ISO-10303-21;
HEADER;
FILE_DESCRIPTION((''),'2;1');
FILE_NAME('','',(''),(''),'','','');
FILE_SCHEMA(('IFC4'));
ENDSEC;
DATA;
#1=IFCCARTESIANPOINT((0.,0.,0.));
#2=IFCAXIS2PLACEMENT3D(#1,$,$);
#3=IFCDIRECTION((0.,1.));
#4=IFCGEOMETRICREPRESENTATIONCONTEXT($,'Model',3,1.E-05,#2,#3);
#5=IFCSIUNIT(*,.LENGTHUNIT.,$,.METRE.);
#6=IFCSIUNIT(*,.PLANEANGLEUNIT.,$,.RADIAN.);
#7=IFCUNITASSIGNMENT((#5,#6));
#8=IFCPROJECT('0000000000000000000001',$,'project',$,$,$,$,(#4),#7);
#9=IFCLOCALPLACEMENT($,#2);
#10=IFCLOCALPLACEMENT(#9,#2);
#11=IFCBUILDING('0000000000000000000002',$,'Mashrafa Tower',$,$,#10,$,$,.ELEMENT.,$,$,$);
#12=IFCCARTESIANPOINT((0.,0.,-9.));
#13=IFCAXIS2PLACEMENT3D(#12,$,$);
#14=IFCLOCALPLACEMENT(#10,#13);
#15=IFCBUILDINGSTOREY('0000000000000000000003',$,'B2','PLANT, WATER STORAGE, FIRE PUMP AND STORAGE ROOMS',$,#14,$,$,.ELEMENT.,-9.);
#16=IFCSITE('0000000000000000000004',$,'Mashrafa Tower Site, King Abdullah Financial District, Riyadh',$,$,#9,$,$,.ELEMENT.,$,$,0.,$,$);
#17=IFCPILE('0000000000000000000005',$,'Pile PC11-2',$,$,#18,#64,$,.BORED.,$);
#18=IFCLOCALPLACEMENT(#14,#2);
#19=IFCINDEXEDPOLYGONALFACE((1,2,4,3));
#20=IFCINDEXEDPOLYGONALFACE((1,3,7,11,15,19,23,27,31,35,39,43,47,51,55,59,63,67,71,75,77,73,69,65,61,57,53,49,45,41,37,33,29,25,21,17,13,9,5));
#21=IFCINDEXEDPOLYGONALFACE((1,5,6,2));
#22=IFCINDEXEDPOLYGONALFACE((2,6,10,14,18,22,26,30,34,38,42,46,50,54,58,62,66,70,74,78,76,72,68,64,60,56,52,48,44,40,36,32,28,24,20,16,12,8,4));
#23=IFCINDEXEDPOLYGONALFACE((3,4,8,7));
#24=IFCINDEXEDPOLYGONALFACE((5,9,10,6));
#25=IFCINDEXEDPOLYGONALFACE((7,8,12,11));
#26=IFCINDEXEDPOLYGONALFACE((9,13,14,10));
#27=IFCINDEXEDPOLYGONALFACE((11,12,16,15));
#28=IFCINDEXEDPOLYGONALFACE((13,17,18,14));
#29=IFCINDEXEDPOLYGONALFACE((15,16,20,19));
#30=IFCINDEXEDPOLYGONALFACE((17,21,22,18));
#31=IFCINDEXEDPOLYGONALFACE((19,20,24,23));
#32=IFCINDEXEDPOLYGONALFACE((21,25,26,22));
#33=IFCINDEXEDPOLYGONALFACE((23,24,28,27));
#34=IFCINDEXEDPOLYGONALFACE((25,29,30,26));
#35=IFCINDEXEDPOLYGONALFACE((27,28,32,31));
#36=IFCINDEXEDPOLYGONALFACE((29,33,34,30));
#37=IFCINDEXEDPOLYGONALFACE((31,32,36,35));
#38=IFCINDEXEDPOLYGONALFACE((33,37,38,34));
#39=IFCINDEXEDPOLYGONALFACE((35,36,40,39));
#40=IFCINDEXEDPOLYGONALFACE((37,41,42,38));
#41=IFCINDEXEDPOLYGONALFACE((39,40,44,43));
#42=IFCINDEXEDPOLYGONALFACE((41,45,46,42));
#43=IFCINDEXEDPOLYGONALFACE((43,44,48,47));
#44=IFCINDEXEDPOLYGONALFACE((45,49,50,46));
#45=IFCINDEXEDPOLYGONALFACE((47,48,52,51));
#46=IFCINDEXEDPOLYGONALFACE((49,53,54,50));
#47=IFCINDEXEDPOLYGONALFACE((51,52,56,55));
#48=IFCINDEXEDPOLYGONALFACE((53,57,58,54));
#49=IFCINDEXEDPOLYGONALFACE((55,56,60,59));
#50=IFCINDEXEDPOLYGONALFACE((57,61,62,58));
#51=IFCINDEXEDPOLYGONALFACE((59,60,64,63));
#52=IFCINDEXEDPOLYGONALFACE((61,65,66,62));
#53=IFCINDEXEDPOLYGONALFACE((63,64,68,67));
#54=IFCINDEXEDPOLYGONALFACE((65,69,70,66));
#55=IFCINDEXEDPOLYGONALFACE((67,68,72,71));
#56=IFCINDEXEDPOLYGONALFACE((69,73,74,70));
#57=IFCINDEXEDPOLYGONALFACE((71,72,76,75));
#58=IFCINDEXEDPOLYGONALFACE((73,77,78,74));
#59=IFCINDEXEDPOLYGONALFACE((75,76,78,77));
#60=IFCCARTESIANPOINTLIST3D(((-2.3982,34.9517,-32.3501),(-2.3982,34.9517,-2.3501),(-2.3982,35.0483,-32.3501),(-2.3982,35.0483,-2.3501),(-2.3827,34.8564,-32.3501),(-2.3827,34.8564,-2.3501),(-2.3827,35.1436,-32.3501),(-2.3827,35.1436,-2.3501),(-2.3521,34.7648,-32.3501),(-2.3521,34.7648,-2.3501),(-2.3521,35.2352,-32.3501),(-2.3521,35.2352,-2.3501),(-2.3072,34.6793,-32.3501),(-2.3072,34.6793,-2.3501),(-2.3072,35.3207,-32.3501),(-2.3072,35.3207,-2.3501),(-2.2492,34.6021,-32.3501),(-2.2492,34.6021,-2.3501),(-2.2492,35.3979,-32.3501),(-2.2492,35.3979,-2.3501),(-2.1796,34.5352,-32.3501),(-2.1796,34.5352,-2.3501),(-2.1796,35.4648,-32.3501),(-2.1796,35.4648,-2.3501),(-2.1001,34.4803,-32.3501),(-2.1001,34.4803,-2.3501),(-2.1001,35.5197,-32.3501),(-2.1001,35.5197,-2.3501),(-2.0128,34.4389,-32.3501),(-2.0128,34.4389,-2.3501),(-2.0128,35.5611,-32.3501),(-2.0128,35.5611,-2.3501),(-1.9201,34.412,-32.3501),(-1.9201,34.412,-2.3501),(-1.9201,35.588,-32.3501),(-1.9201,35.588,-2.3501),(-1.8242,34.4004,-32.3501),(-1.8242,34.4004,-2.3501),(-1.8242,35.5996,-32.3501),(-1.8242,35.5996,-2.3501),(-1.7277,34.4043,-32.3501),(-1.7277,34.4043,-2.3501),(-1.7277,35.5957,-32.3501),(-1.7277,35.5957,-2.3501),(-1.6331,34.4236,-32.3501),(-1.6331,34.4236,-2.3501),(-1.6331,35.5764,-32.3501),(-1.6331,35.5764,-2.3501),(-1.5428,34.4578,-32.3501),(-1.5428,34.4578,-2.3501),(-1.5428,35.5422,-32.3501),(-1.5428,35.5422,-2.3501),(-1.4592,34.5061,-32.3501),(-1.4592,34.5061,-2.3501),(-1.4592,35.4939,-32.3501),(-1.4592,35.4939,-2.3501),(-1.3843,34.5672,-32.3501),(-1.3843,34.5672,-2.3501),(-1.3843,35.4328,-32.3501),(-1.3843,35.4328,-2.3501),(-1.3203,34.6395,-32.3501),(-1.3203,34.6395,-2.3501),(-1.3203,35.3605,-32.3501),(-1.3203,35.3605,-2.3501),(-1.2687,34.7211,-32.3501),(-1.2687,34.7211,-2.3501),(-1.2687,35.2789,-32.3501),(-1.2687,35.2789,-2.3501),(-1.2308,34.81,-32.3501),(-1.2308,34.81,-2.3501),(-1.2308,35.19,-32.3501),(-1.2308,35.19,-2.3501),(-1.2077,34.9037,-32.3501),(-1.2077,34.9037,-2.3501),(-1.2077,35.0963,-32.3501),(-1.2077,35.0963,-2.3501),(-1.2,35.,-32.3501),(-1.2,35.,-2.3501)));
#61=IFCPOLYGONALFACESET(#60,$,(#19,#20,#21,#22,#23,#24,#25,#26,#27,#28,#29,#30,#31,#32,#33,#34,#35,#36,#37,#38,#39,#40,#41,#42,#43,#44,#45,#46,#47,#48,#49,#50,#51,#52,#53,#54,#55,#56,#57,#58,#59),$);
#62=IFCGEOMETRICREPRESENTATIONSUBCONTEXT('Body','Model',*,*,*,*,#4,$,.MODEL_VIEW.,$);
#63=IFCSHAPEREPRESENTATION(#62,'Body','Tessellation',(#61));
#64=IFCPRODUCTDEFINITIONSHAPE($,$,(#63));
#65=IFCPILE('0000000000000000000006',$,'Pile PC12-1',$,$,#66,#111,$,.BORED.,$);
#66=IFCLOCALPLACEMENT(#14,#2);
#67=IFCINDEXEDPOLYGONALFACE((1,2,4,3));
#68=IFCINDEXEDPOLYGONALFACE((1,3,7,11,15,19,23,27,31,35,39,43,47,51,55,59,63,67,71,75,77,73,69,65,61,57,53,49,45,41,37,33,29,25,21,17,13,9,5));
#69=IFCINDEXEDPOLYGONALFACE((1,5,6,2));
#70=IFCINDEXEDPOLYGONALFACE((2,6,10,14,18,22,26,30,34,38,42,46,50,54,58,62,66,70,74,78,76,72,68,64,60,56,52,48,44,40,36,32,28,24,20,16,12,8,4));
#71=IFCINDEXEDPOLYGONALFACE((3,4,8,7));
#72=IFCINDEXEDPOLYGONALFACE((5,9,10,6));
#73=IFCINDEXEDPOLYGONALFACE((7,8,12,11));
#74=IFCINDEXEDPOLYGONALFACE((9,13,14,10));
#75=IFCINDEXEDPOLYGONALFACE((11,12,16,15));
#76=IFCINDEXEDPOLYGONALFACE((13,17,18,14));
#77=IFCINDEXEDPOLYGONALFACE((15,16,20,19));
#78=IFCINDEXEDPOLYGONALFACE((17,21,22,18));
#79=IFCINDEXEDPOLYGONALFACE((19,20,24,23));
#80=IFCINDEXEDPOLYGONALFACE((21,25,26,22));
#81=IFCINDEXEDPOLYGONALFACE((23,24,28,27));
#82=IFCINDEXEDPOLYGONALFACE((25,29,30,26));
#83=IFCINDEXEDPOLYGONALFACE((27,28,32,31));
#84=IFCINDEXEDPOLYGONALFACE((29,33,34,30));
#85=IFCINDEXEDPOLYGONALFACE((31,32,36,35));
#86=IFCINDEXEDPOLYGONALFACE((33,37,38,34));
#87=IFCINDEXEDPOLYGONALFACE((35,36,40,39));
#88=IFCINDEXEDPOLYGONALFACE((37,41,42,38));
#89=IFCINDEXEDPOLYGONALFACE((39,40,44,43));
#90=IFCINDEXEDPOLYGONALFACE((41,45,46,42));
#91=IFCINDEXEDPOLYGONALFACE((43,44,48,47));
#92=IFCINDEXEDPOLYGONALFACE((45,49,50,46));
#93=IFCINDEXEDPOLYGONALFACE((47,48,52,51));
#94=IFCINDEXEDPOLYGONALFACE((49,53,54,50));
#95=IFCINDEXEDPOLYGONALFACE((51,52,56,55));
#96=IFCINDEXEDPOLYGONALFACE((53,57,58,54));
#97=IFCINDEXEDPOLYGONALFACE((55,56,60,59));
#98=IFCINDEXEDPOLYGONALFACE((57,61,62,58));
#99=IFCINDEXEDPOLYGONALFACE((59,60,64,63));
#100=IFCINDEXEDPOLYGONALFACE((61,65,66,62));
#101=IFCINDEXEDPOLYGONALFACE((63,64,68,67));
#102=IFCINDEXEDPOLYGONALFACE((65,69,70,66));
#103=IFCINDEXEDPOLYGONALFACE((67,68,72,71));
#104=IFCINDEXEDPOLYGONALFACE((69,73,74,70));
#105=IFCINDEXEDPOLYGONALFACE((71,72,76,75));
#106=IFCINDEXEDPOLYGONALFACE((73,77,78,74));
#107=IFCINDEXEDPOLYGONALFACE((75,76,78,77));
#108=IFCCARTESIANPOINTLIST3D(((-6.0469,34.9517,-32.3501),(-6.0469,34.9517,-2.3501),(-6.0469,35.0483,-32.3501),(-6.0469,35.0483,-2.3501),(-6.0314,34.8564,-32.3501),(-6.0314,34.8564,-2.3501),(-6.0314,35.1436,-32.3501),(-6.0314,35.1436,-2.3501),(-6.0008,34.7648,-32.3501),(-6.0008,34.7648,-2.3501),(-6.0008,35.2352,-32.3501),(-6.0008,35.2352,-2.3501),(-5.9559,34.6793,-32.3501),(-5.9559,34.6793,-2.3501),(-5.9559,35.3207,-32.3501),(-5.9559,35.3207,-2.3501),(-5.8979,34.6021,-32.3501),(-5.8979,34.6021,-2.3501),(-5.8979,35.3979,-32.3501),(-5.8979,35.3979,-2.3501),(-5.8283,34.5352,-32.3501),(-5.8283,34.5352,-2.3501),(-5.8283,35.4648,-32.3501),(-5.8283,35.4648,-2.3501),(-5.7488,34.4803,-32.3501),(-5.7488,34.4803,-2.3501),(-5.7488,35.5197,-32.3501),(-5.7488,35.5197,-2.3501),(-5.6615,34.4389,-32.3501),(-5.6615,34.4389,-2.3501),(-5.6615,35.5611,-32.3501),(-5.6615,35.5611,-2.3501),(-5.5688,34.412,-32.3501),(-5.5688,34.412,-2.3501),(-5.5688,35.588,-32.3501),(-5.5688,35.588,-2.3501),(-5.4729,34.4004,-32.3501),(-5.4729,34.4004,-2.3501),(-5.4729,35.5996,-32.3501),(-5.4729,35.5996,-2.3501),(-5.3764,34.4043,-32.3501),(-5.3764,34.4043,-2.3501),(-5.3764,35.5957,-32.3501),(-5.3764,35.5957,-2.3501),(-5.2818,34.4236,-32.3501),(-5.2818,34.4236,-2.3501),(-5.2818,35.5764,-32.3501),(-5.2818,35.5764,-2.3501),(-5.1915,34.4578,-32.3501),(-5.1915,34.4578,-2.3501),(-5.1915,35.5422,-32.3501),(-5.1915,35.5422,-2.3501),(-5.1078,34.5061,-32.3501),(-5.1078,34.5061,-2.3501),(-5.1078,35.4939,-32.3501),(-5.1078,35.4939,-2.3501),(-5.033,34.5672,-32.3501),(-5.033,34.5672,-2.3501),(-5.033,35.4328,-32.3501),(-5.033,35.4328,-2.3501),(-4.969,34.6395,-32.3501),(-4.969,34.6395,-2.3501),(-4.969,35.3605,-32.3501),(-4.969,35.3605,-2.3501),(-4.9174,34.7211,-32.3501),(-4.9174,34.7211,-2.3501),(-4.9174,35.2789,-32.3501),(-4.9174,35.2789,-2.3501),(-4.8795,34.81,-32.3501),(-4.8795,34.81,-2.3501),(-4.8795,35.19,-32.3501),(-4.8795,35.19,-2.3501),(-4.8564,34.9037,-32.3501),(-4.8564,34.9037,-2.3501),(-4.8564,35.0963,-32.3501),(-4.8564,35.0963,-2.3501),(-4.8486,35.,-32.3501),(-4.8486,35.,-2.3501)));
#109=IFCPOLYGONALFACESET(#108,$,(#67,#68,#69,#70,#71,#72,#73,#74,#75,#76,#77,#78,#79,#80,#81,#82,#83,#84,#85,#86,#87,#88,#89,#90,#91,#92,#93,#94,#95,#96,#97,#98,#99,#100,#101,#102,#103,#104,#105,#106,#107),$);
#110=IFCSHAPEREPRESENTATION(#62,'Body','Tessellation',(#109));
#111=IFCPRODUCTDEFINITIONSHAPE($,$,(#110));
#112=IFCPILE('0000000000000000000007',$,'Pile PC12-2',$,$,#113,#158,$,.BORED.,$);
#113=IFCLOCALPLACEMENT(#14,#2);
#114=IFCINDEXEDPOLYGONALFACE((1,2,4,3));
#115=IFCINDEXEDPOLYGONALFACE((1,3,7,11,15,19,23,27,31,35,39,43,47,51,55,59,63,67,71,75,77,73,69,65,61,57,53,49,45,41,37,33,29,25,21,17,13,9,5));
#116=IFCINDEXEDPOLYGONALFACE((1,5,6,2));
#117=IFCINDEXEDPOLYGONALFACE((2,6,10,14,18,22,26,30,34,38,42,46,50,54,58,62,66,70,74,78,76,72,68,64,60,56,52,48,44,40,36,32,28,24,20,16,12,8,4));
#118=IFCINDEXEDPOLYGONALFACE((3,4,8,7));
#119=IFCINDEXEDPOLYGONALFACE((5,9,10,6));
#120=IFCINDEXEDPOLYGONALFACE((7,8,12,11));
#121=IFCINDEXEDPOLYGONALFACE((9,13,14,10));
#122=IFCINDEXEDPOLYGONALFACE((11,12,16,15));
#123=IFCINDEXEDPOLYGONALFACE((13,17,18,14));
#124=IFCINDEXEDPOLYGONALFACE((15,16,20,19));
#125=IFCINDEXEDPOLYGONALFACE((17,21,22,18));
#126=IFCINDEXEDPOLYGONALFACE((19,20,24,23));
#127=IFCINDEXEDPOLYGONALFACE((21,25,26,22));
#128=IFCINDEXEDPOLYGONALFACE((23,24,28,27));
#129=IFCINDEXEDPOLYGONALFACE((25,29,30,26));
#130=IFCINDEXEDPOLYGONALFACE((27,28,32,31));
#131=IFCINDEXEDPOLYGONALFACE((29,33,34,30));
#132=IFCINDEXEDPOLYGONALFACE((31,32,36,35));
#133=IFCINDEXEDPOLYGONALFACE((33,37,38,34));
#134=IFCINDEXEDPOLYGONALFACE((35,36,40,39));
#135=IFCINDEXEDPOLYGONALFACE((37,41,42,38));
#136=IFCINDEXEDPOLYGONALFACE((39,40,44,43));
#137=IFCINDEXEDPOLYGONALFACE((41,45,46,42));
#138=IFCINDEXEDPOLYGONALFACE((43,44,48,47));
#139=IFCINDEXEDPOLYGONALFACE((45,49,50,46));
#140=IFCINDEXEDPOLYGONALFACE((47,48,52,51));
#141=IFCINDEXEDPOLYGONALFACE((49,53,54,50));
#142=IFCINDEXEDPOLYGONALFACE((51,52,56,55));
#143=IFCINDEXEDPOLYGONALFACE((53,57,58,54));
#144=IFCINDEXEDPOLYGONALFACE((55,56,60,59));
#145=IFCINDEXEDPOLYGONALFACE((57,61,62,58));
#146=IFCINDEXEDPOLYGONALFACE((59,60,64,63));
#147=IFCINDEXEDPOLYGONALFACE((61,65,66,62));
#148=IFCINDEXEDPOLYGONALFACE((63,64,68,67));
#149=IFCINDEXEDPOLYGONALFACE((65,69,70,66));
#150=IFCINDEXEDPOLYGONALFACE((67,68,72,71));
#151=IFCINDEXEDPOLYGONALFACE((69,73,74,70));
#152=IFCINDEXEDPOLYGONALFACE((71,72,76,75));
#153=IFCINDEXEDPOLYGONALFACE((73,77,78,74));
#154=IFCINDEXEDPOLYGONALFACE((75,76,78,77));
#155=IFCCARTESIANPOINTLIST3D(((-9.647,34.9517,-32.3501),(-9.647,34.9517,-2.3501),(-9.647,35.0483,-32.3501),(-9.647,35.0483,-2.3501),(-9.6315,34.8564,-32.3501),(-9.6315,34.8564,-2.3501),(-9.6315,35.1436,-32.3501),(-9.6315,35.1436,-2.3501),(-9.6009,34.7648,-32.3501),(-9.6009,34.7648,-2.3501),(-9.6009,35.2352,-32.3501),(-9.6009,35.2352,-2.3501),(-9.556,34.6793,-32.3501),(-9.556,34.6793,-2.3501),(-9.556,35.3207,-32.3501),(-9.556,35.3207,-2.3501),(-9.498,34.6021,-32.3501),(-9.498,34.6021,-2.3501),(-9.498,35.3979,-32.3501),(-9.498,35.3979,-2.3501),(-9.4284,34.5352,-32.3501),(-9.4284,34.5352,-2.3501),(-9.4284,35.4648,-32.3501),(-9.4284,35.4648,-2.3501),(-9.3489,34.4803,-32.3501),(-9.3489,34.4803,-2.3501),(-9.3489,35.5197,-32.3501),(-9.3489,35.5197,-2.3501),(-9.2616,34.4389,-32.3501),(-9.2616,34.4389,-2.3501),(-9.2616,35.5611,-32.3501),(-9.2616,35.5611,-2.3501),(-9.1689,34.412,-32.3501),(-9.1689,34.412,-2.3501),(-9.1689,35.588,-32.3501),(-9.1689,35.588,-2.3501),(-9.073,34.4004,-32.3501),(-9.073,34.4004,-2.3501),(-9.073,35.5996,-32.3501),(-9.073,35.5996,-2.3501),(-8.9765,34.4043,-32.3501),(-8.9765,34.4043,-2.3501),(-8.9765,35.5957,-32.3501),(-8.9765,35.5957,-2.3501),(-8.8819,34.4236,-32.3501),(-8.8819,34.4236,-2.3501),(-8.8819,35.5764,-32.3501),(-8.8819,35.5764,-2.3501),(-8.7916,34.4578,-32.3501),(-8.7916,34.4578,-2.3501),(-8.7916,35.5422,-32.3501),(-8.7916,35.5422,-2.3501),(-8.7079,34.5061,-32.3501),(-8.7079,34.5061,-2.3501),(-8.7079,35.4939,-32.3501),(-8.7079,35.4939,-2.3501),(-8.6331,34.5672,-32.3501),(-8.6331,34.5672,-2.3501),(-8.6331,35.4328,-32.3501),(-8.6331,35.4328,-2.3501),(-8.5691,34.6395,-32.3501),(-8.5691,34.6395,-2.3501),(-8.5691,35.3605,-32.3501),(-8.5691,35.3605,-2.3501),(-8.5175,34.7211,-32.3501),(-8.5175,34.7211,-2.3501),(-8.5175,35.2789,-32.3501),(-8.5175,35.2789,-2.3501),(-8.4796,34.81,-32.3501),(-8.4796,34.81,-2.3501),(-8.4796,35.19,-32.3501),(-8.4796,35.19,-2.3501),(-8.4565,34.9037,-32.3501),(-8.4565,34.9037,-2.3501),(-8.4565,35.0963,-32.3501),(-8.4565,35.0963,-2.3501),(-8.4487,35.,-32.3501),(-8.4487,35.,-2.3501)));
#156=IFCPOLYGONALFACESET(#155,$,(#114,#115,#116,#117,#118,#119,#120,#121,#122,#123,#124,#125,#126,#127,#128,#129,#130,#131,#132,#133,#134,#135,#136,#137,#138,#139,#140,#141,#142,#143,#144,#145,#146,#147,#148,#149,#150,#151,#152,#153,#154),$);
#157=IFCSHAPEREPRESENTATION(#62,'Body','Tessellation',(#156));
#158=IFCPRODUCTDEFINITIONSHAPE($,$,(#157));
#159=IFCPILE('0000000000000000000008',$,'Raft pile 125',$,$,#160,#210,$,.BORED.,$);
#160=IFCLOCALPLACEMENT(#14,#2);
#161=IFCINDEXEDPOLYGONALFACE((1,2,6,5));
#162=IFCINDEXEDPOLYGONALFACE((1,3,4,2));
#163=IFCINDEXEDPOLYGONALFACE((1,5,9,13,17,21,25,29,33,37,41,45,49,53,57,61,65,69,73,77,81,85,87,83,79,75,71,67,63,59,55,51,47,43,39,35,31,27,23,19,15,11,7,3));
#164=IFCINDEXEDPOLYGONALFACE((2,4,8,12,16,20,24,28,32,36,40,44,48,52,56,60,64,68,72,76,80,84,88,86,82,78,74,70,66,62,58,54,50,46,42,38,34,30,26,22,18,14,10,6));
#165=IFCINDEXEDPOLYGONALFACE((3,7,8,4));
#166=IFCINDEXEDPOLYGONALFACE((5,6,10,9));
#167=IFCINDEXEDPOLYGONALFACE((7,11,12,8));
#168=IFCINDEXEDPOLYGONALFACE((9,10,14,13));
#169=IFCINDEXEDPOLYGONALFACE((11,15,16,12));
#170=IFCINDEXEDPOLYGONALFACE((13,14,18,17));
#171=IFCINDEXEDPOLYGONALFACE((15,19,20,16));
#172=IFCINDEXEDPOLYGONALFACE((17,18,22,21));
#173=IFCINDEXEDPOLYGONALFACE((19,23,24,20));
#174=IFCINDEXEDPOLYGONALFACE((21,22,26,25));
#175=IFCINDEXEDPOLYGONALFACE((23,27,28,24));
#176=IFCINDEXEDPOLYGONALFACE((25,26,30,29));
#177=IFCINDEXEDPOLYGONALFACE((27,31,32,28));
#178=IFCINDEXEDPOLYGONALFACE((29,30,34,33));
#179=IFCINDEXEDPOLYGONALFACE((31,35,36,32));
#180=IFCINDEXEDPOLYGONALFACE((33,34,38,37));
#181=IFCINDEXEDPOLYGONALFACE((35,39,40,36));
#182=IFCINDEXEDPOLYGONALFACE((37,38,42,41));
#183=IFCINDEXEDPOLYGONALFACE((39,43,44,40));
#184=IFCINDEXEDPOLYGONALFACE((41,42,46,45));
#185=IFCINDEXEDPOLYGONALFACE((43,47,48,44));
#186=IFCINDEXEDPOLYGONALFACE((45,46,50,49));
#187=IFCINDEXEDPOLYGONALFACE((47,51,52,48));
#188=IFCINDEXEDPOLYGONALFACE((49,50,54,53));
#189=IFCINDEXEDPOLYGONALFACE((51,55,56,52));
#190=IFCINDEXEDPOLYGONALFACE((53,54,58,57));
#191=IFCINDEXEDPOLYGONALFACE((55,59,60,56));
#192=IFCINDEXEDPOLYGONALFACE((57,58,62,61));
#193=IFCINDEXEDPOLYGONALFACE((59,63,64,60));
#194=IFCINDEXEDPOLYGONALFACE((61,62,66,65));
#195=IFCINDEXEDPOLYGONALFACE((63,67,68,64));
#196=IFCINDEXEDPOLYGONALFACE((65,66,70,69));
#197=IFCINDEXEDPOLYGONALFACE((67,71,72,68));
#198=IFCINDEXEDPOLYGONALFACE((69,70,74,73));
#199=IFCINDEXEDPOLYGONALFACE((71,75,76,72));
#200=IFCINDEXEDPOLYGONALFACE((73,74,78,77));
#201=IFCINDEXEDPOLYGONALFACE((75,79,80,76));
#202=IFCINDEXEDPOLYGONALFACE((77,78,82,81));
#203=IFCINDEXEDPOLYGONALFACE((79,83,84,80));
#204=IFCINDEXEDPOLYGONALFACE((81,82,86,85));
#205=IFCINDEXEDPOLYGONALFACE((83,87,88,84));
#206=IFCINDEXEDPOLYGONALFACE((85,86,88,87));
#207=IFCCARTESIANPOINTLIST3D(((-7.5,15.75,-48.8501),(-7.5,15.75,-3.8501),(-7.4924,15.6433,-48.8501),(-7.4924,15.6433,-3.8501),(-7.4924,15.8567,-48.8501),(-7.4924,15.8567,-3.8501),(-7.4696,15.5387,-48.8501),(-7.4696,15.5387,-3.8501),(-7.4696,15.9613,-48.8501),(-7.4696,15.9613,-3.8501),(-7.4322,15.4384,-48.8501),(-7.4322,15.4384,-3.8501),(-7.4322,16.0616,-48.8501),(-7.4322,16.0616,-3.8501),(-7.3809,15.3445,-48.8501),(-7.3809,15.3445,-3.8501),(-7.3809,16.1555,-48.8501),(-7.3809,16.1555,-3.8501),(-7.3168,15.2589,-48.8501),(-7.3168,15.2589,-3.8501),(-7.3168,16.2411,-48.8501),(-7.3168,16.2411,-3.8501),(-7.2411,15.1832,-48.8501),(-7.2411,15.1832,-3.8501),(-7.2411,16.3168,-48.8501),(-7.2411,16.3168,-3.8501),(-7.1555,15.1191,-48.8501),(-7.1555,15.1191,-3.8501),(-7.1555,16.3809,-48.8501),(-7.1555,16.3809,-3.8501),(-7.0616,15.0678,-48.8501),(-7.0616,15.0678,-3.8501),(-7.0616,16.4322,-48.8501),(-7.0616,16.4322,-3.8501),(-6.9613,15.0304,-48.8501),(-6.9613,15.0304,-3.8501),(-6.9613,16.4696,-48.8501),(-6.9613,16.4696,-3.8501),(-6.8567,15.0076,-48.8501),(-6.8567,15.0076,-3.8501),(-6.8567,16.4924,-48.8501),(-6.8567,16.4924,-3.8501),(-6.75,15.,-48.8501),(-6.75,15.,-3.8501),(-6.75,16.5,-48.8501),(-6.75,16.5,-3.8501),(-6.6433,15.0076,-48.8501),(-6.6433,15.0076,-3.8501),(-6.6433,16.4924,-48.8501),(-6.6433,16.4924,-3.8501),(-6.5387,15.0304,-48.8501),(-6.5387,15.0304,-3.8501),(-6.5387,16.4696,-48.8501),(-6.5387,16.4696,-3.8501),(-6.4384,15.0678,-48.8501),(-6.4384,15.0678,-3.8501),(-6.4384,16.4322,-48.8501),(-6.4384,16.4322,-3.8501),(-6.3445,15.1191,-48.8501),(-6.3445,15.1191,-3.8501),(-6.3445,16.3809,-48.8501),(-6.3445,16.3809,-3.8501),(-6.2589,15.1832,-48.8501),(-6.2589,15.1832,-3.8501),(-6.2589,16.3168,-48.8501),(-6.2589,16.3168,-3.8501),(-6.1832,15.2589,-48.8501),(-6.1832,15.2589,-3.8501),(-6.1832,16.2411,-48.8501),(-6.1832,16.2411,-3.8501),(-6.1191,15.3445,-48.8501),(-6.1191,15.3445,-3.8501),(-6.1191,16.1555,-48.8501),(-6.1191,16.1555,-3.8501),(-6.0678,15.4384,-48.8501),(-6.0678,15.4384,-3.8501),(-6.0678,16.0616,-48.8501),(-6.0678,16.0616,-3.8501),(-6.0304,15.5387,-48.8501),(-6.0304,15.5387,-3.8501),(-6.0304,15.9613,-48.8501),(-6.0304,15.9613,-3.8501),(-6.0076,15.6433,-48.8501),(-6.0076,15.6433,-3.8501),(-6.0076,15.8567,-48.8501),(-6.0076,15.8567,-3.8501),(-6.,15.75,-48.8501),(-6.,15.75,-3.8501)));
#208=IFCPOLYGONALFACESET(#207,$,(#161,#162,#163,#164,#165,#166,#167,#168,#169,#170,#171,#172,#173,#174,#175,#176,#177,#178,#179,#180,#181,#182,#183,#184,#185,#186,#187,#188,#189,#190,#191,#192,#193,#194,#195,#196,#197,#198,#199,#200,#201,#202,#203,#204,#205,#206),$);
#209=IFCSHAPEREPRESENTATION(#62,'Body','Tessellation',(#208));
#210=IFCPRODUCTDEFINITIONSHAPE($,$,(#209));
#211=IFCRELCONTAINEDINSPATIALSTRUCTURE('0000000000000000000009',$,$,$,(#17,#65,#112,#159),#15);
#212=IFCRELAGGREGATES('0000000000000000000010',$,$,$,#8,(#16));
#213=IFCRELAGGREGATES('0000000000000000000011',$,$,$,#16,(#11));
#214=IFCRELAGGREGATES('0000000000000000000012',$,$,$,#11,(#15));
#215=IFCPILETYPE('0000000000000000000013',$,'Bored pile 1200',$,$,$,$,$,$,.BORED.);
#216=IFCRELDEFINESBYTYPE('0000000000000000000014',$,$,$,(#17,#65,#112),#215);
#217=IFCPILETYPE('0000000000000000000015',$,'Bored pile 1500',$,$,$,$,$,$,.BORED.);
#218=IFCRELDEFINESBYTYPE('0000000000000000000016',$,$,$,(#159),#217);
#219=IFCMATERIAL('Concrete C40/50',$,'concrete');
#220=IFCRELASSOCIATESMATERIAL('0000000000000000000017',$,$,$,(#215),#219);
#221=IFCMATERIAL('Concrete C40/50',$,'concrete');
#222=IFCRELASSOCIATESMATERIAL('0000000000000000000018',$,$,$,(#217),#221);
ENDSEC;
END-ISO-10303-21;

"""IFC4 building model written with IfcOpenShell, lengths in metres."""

from ifc_helpers import new_model, si_unit, direction, frame, origin, origin_2d, place, context, subcontext, project, spatial, circle, extrude, material, material_profile, profile_set, type_object, element, save


model = new_model("IFC4")

# Units and contexts
model_context = context("Model", 3, precision=1e-05, world=origin(), true_north=direction((0.0, 1.0)))
body_context = subcontext(model_context, "Body", "Model", "MODEL_VIEW")
ifc_project = project(units=[si_unit("LENGTHUNIT", "METRE"), si_unit("PLANEANGLEUNIT", "RADIAN")], contexts=[model_context])

# Site, building, storey
site_placement = place(None, origin())
site = spatial("IfcSite", under=ifc_project, at=site_placement, Name="Mashrafa Tower Site, King Abdullah Financial District, Riyadh", CompositionType="ELEMENT", RefElevation=0.0)
building_placement = place(site_placement, origin())
building = spatial("IfcBuilding", under=site, at=building_placement, Name="Mashrafa Tower", CompositionType="ELEMENT")
storey_placement = place(building_placement, frame((0.0, 0.0, -9.0)))
storey = spatial("IfcBuildingStorey", under=building, at=storey_placement, Name="B2", Description="PLANT, WATER STORAGE, FIRE PUMP AND STORAGE ROOMS", CompositionType="ELEMENT", Elevation=-9.0)

# Piles
ifc_material_1 = material(Name="Concrete C40/50", Category="concrete")
ifc_material_profile_1 = material_profile(ifc_material_1, circle(Radius=0.6001, at=origin_2d()), Name="1200 DIA")
ifc_profile_set_1 = profile_set([ifc_material_profile_1], Name="Concrete C40/50")
pile_type_1 = type_object("IfcPileType", Name="Bored pile 1200", PredefinedType="BORED", material=ifc_profile_set_1)
for number, where, z_axis, x_axis, name in (
    (1, (-1.8, 35.0, -2.3501), (0.0, 0.0, -1.0), (1.0, 0.0, 0.0), "Pile PC11-2"),
    (2, (-5.4487, 35.0, -2.3501), (0.0, 0.0, -1.0), (1.0, 0.0, 0.0), "Pile PC12-1"),
    (3, (-9.0488, 35.0, -2.3501), (0.0, 0.0, -1.0), (1.0, 0.0, 0.0), "Pile PC12-2"),
):
    element("IfcPile", number, at=place(storey_placement, frame(where, z_axis=z_axis, x_axis=x_axis)), inside=storey, type_object=pile_type_1, Name=name, PredefinedType="BORED", context=body_context, shape_type="SweptSolid", body=[
        extrude(circle(Radius=0.6001, at=origin_2d()), origin(), (0.0, 0.0, 1.0), 30.0),
    ])
ifc_material_2 = material(Name="Concrete C40/50", Category="concrete")
ifc_material_profile_2 = material_profile(ifc_material_2, circle(Radius=0.75, at=origin_2d()), Name="1500 DIA")
ifc_profile_set_2 = profile_set([ifc_material_profile_2], Name="Concrete C40/50")
pile_type_2 = type_object("IfcPileType", Name="Bored pile 1500", PredefinedType="BORED", material=ifc_profile_set_2)
for number, where, z_axis, x_axis, name in (
    (4, (-6.75, 15.75, -3.8501), (0.0, 0.0, -1.0), (1.0, 0.0, 0.0), "Raft pile 125"),
):
    element("IfcPile", number, at=place(storey_placement, frame(where, z_axis=z_axis, x_axis=x_axis)), inside=storey, type_object=pile_type_2, Name=name, PredefinedType="BORED", context=body_context, shape_type="SweptSolid", body=[
        extrude(circle(Radius=0.75, at=origin_2d()), origin(), (0.0, 0.0, 1.0), 45.0),
    ])

save(model, "model.ifc")
